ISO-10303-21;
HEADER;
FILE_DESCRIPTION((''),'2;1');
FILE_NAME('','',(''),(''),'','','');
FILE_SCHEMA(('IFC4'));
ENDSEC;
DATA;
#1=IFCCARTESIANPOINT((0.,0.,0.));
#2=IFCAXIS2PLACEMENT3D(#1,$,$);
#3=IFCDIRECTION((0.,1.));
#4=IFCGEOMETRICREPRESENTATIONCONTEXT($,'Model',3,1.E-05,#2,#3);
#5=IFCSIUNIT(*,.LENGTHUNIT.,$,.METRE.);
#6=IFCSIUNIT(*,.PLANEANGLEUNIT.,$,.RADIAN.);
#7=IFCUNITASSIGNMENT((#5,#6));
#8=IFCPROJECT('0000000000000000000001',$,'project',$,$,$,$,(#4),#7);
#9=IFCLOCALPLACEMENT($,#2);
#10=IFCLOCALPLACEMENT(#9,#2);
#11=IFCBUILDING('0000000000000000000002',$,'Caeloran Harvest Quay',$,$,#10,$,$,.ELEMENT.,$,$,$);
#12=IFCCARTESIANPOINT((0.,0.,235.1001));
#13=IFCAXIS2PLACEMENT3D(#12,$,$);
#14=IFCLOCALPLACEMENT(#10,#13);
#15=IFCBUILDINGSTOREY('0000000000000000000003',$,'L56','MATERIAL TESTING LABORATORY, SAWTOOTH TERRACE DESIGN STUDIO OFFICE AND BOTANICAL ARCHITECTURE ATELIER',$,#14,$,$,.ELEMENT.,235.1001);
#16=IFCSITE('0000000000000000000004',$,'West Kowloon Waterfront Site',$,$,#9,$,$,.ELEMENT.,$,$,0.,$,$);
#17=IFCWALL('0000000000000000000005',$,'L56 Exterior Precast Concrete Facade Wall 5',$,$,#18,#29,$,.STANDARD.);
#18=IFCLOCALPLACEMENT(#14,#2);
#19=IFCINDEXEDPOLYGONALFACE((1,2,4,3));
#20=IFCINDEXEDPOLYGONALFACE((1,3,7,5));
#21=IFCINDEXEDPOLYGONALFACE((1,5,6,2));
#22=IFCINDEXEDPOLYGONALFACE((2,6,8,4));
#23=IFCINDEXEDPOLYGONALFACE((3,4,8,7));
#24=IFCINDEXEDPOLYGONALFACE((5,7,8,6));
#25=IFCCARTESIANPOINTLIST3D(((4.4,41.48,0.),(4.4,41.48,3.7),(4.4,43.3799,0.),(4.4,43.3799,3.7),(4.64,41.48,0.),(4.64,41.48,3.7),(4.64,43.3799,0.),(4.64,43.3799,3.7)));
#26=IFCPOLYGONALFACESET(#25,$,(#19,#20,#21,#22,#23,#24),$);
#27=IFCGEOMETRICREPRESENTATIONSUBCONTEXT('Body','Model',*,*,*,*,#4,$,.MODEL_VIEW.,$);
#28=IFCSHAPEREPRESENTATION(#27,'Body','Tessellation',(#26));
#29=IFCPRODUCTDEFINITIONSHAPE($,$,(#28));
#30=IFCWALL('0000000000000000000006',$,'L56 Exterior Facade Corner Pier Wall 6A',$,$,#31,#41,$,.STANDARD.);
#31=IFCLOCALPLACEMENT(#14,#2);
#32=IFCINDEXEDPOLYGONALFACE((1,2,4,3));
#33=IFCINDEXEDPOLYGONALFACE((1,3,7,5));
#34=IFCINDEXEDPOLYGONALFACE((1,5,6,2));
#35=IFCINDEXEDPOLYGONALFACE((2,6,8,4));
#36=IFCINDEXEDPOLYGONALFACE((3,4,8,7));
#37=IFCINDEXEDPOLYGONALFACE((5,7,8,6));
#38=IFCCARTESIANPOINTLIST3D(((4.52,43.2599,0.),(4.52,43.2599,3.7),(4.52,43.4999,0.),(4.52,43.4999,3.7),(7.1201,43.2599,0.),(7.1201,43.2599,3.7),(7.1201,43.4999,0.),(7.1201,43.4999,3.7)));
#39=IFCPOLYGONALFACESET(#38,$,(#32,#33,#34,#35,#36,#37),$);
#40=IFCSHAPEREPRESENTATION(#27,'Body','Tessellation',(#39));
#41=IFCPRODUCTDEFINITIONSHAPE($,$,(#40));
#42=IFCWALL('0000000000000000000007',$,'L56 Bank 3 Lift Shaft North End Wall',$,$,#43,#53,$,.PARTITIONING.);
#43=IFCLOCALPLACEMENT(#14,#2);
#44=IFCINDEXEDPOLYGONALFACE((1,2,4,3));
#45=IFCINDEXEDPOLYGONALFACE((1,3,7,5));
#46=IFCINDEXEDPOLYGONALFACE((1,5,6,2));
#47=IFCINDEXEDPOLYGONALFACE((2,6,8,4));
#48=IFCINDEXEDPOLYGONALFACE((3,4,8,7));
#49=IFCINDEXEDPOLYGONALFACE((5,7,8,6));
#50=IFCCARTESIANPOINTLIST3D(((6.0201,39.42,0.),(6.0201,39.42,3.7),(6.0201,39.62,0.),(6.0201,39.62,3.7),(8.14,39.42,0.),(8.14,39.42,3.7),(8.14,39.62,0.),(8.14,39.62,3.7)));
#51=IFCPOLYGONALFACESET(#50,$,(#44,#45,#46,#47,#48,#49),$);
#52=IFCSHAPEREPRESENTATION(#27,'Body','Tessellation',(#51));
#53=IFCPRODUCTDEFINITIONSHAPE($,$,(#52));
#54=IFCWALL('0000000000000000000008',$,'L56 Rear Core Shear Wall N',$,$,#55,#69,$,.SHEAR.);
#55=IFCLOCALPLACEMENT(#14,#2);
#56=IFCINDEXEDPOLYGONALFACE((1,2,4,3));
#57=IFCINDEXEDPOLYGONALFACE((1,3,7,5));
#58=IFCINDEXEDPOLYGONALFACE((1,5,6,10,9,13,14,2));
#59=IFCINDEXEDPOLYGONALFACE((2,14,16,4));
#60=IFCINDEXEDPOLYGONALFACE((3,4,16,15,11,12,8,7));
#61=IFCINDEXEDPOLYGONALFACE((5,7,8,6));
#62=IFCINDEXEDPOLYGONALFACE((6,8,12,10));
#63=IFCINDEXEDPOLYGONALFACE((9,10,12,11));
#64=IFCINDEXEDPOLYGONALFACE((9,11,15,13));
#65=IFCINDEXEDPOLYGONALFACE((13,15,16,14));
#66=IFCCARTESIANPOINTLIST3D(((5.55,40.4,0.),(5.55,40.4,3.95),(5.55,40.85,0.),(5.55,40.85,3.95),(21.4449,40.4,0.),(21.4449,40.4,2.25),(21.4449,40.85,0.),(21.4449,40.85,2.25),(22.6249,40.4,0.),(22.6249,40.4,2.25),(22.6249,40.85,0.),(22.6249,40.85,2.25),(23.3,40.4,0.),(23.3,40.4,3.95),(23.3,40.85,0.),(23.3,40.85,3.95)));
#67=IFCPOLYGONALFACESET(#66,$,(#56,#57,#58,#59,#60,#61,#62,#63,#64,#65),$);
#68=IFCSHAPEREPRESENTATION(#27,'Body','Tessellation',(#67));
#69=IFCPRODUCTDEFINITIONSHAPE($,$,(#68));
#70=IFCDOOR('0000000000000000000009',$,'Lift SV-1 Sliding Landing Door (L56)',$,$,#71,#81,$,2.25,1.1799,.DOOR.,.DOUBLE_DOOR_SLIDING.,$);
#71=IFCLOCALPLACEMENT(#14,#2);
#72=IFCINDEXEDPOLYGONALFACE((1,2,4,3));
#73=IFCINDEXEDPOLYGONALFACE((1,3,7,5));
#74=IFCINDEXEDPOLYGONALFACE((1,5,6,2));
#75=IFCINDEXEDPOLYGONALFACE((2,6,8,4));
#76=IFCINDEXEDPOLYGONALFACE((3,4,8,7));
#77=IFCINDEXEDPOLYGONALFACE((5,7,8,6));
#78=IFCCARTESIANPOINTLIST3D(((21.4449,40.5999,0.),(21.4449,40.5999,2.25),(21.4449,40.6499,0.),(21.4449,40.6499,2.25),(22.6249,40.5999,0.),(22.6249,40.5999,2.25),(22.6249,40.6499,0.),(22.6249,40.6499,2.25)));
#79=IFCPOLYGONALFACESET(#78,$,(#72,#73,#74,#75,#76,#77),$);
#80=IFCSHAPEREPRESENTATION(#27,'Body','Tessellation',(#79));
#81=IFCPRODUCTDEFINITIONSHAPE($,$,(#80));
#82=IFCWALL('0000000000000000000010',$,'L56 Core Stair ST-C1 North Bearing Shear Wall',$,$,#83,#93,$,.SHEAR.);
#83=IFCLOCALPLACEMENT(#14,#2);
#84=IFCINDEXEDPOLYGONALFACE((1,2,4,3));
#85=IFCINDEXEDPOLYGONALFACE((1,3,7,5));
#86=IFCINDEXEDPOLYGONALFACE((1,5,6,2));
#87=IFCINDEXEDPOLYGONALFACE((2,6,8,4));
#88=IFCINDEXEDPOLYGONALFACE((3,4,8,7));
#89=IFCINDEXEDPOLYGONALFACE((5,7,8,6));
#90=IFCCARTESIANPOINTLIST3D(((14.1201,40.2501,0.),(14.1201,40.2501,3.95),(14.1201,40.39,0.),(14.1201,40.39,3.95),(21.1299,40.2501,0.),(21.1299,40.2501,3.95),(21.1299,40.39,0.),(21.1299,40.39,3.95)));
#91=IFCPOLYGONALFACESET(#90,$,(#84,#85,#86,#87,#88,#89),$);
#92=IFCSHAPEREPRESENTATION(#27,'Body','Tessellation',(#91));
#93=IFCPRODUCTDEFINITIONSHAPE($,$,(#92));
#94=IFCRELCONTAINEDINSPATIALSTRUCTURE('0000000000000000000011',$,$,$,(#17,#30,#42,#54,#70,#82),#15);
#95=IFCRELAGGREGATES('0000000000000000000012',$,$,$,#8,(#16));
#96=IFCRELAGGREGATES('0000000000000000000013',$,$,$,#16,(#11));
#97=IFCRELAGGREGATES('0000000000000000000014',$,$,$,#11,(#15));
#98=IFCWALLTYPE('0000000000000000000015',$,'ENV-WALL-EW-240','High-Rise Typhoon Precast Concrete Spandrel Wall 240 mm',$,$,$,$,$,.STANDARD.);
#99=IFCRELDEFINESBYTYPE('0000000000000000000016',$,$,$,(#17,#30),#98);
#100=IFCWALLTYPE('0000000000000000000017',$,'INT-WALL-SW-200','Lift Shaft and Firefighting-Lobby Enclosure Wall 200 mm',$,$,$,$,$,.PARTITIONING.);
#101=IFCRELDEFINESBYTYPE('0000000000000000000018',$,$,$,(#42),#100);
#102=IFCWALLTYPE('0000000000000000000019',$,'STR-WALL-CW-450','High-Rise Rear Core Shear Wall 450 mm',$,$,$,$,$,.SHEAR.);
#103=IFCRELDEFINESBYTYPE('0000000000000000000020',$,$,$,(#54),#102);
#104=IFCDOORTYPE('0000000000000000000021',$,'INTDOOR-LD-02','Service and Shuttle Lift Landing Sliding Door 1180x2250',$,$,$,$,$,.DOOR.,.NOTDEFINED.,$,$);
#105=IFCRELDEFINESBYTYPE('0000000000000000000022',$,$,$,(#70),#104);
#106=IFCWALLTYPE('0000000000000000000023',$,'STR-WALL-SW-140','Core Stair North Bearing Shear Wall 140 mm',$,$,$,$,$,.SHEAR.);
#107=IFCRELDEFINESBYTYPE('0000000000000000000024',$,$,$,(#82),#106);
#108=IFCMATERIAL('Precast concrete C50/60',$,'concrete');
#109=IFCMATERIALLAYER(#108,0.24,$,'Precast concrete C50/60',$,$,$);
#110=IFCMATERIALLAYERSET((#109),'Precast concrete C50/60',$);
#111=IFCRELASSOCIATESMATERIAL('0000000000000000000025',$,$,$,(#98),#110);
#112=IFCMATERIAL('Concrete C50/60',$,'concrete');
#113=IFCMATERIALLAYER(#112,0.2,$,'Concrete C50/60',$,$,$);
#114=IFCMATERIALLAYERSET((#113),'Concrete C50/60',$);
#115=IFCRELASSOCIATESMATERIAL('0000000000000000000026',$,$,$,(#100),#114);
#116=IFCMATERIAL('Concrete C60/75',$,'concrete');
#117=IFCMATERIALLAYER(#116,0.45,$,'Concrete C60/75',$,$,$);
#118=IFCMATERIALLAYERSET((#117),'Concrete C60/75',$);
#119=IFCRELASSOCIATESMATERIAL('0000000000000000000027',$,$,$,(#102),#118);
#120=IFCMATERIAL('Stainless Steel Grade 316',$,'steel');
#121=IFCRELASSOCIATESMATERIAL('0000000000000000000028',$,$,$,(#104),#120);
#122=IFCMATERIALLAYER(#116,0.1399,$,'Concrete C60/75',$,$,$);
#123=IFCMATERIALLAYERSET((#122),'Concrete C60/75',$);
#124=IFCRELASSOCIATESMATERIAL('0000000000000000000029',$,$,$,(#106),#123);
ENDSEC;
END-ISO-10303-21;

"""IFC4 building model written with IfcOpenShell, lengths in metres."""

from ifc_helpers import new_model, si_unit, direction, frame, frame_2d, origin, place, context, subcontext, project, spatial, rectangle, extrude, material, layer, layer_set, type_object, element, fill, save


model = new_model("IFC4")

# Units and contexts
model_context = context("Model", 3, precision=1e-05, world=origin(), true_north=direction((0.0, 1.0)))
body_context = subcontext(model_context, "Body", "Model", "MODEL_VIEW")
ifc_project = project(units=[si_unit("LENGTHUNIT", "METRE"), si_unit("PLANEANGLEUNIT", "RADIAN")], contexts=[model_context])

# Site, building, storey
site_placement = place(None, origin())
site = spatial("IfcSite", under=ifc_project, at=site_placement, Name="West Kowloon Waterfront Site", CompositionType="ELEMENT", RefElevation=0.0)
building_placement = place(site_placement, origin())
building = spatial("IfcBuilding", under=site, at=building_placement, Name="Caeloran Harvest Quay", CompositionType="ELEMENT")
storey_placement = place(building_placement, frame((0.0, 0.0, 235.1001)))
storey = spatial("IfcBuildingStorey", under=building, at=storey_placement, Name="L56", Description="MATERIAL TESTING LABORATORY, SAWTOOTH TERRACE DESIGN STUDIO OFFICE AND BOTANICAL ARCHITECTURE ATELIER", CompositionType="ELEMENT", Elevation=235.1001)

# Walls
ifc_material_1 = material(Name="Precast concrete C50/60", Category="concrete")
ifc_layer_1 = layer(ifc_material_1, 0.24, Name="Precast concrete C50/60")
ifc_layer_set_1 = layer_set([ifc_layer_1], Name="Precast concrete C50/60")
wall_type_1 = type_object("IfcWallType", Name="ENV-WALL-EW-240", Description="High-Rise Typhoon Precast Concrete Spandrel Wall 240 mm", PredefinedType="STANDARD", material=ifc_layer_set_1)
wall_1_placement = place(storey_placement, frame((4.52, 41.48, 0.0), z_axis=(0.0, 0.0, 1.0), x_axis=(0.0, 1.0, 0.0)))
element("IfcWall", 1, at=wall_1_placement, inside=storey, type_object=wall_type_1, Name="L56 Exterior Precast Concrete Facade Wall 5", PredefinedType="STANDARD", context=body_context, shape_type="SweptSolid", body=[
    extrude(rectangle(XDim=1.8999, YDim=0.24, at=frame_2d((0.95, 0.0))), origin(), (0.0, 0.0, 1.0), 3.7),
])
wall_2_placement = place(storey_placement, frame((4.52, 43.3799, 0.0), z_axis=(0.0, 0.0, 1.0), x_axis=(1.0, 0.0, 0.0)))
element("IfcWall", 2, at=wall_2_placement, inside=storey, type_object=wall_type_1, Name="L56 Exterior Facade Corner Pier Wall 6A", PredefinedType="STANDARD", context=body_context, shape_type="SweptSolid", body=[
    extrude(rectangle(XDim=2.6001, YDim=0.24, at=frame_2d((1.3, 0.0))), origin(), (0.0, 0.0, 1.0), 3.7),
])
ifc_material_2 = material(Name="Concrete C50/60", Category="concrete")
ifc_layer_2 = layer(ifc_material_2, 0.2, Name="Concrete C50/60")
ifc_layer_set_2 = layer_set([ifc_layer_2], Name="Concrete C50/60")
wall_type_2 = type_object("IfcWallType", Name="INT-WALL-SW-200", Description="Lift Shaft and Firefighting-Lobby Enclosure Wall 200 mm", PredefinedType="PARTITIONING", material=ifc_layer_set_2)
wall_3_placement = place(storey_placement, frame((6.02, 39.52, 0.0), z_axis=(0.0, 0.0, 1.0), x_axis=(1.0, 0.0, 0.0)))
element("IfcWall", 3, at=wall_3_placement, inside=storey, type_object=wall_type_2, Name="L56 Bank 3 Lift Shaft North End Wall", PredefinedType="PARTITIONING", context=body_context, shape_type="SweptSolid", body=[
    extrude(rectangle(XDim=2.1199, YDim=0.2, at=frame_2d((1.0601, 0.0))), origin(), (0.0, 0.0, 1.0), 3.7),
])

# Wall, opening, door
ifc_material_3 = material(Name="Concrete C60/75", Category="concrete")
ifc_layer_3 = layer(ifc_material_3, 0.45, Name="Concrete C60/75")
ifc_layer_set_3 = layer_set([ifc_layer_3], Name="Concrete C60/75")
wall_type_3 = type_object("IfcWallType", Name="STR-WALL-CW-450", Description="High-Rise Rear Core Shear Wall 450 mm", PredefinedType="SHEAR", material=ifc_layer_set_3)
wall_4_placement = place(storey_placement, frame((5.55, 40.625, 0.0), z_axis=(0.0, 0.0, 1.0), x_axis=(1.0, 0.0, 0.0)))
wall_4 = element("IfcWall", 4, at=wall_4_placement, inside=storey, type_object=wall_type_3, Name="L56 Rear Core Shear Wall N", PredefinedType="SHEAR", context=body_context, shape_type="SweptSolid", body=[
    extrude(rectangle(XDim=17.75, YDim=0.45, at=frame_2d((8.875, 0.0))), origin(), (0.0, 0.0, 1.0), 3.95),
])
opening_placement = place(wall_4_placement, frame((15.895, 0.0, 0.0)))
opening = element("IfcOpeningElement", 5, at=opening_placement, cuts=wall_4, PredefinedType="OPENING", context=body_context, shape_type="SweptSolid", body=[
    extrude(rectangle(XDim=1.1799, YDim=2.25, at=frame_2d((0.5898, 1.125))), frame((0.0, 0.2349, 0.0), z_axis=(0.0, -1.0, 0.0), x_axis=(1.0, 0.0, 0.0)), (0.0, 0.0, 1.0), 0.47),
])
ifc_material_4 = material(Name="Stainless Steel Grade 316", Category="steel")
door_type = type_object("IfcDoorType", Name="INTDOOR-LD-02", Description="Service and Shuttle Lift Landing Sliding Door 1180x2250", OperationType="NOTDEFINED", PredefinedType="DOOR", material=ifc_material_4)
door_placement = place(opening_placement, origin())
door = element("IfcDoor", 6, at=door_placement, inside=storey, type_object=door_type, Name="Lift SV-1 Sliding Landing Door (L56)", OperationType="DOUBLE_DOOR_SLIDING", OverallHeight=2.25, OverallWidth=1.1799, PredefinedType="DOOR", context=body_context, shape_type="SweptSolid", body=[
    extrude(rectangle(XDim=1.1799, YDim=2.25, at=frame_2d((0.5898, 1.125))), frame((0.0, 0.0249, 0.0), z_axis=(0.0, -1.0, 0.0), x_axis=(1.0, 0.0, 0.0)), (0.0, 0.0, 1.0), 0.05),
])
fill(opening, door)

# Wall
ifc_layer_4 = layer(ifc_material_3, 0.1399, Name="Concrete C60/75")
ifc_layer_set_4 = layer_set([ifc_layer_4], Name="Concrete C60/75")
wall_type_4 = type_object("IfcWallType", Name="STR-WALL-SW-140", Description="Core Stair North Bearing Shear Wall 140 mm", PredefinedType="SHEAR", material=ifc_layer_set_4)
wall_5_placement = place(storey_placement, frame((14.1201, 40.3201, 0.0), z_axis=(0.0, 0.0, 1.0), x_axis=(1.0, 0.0, 0.0)))
element("IfcWall", 7, at=wall_5_placement, inside=storey, type_object=wall_type_4, Name="L56 Core Stair ST-C1 North Bearing Shear Wall", PredefinedType="SHEAR", context=body_context, shape_type="SweptSolid", body=[
    extrude(rectangle(XDim=7.0098, YDim=0.1399, at=frame_2d((3.5049, 0.0))), origin(), (0.0, 0.0, 1.0), 3.95),
])

save(model, "model.ifc")
